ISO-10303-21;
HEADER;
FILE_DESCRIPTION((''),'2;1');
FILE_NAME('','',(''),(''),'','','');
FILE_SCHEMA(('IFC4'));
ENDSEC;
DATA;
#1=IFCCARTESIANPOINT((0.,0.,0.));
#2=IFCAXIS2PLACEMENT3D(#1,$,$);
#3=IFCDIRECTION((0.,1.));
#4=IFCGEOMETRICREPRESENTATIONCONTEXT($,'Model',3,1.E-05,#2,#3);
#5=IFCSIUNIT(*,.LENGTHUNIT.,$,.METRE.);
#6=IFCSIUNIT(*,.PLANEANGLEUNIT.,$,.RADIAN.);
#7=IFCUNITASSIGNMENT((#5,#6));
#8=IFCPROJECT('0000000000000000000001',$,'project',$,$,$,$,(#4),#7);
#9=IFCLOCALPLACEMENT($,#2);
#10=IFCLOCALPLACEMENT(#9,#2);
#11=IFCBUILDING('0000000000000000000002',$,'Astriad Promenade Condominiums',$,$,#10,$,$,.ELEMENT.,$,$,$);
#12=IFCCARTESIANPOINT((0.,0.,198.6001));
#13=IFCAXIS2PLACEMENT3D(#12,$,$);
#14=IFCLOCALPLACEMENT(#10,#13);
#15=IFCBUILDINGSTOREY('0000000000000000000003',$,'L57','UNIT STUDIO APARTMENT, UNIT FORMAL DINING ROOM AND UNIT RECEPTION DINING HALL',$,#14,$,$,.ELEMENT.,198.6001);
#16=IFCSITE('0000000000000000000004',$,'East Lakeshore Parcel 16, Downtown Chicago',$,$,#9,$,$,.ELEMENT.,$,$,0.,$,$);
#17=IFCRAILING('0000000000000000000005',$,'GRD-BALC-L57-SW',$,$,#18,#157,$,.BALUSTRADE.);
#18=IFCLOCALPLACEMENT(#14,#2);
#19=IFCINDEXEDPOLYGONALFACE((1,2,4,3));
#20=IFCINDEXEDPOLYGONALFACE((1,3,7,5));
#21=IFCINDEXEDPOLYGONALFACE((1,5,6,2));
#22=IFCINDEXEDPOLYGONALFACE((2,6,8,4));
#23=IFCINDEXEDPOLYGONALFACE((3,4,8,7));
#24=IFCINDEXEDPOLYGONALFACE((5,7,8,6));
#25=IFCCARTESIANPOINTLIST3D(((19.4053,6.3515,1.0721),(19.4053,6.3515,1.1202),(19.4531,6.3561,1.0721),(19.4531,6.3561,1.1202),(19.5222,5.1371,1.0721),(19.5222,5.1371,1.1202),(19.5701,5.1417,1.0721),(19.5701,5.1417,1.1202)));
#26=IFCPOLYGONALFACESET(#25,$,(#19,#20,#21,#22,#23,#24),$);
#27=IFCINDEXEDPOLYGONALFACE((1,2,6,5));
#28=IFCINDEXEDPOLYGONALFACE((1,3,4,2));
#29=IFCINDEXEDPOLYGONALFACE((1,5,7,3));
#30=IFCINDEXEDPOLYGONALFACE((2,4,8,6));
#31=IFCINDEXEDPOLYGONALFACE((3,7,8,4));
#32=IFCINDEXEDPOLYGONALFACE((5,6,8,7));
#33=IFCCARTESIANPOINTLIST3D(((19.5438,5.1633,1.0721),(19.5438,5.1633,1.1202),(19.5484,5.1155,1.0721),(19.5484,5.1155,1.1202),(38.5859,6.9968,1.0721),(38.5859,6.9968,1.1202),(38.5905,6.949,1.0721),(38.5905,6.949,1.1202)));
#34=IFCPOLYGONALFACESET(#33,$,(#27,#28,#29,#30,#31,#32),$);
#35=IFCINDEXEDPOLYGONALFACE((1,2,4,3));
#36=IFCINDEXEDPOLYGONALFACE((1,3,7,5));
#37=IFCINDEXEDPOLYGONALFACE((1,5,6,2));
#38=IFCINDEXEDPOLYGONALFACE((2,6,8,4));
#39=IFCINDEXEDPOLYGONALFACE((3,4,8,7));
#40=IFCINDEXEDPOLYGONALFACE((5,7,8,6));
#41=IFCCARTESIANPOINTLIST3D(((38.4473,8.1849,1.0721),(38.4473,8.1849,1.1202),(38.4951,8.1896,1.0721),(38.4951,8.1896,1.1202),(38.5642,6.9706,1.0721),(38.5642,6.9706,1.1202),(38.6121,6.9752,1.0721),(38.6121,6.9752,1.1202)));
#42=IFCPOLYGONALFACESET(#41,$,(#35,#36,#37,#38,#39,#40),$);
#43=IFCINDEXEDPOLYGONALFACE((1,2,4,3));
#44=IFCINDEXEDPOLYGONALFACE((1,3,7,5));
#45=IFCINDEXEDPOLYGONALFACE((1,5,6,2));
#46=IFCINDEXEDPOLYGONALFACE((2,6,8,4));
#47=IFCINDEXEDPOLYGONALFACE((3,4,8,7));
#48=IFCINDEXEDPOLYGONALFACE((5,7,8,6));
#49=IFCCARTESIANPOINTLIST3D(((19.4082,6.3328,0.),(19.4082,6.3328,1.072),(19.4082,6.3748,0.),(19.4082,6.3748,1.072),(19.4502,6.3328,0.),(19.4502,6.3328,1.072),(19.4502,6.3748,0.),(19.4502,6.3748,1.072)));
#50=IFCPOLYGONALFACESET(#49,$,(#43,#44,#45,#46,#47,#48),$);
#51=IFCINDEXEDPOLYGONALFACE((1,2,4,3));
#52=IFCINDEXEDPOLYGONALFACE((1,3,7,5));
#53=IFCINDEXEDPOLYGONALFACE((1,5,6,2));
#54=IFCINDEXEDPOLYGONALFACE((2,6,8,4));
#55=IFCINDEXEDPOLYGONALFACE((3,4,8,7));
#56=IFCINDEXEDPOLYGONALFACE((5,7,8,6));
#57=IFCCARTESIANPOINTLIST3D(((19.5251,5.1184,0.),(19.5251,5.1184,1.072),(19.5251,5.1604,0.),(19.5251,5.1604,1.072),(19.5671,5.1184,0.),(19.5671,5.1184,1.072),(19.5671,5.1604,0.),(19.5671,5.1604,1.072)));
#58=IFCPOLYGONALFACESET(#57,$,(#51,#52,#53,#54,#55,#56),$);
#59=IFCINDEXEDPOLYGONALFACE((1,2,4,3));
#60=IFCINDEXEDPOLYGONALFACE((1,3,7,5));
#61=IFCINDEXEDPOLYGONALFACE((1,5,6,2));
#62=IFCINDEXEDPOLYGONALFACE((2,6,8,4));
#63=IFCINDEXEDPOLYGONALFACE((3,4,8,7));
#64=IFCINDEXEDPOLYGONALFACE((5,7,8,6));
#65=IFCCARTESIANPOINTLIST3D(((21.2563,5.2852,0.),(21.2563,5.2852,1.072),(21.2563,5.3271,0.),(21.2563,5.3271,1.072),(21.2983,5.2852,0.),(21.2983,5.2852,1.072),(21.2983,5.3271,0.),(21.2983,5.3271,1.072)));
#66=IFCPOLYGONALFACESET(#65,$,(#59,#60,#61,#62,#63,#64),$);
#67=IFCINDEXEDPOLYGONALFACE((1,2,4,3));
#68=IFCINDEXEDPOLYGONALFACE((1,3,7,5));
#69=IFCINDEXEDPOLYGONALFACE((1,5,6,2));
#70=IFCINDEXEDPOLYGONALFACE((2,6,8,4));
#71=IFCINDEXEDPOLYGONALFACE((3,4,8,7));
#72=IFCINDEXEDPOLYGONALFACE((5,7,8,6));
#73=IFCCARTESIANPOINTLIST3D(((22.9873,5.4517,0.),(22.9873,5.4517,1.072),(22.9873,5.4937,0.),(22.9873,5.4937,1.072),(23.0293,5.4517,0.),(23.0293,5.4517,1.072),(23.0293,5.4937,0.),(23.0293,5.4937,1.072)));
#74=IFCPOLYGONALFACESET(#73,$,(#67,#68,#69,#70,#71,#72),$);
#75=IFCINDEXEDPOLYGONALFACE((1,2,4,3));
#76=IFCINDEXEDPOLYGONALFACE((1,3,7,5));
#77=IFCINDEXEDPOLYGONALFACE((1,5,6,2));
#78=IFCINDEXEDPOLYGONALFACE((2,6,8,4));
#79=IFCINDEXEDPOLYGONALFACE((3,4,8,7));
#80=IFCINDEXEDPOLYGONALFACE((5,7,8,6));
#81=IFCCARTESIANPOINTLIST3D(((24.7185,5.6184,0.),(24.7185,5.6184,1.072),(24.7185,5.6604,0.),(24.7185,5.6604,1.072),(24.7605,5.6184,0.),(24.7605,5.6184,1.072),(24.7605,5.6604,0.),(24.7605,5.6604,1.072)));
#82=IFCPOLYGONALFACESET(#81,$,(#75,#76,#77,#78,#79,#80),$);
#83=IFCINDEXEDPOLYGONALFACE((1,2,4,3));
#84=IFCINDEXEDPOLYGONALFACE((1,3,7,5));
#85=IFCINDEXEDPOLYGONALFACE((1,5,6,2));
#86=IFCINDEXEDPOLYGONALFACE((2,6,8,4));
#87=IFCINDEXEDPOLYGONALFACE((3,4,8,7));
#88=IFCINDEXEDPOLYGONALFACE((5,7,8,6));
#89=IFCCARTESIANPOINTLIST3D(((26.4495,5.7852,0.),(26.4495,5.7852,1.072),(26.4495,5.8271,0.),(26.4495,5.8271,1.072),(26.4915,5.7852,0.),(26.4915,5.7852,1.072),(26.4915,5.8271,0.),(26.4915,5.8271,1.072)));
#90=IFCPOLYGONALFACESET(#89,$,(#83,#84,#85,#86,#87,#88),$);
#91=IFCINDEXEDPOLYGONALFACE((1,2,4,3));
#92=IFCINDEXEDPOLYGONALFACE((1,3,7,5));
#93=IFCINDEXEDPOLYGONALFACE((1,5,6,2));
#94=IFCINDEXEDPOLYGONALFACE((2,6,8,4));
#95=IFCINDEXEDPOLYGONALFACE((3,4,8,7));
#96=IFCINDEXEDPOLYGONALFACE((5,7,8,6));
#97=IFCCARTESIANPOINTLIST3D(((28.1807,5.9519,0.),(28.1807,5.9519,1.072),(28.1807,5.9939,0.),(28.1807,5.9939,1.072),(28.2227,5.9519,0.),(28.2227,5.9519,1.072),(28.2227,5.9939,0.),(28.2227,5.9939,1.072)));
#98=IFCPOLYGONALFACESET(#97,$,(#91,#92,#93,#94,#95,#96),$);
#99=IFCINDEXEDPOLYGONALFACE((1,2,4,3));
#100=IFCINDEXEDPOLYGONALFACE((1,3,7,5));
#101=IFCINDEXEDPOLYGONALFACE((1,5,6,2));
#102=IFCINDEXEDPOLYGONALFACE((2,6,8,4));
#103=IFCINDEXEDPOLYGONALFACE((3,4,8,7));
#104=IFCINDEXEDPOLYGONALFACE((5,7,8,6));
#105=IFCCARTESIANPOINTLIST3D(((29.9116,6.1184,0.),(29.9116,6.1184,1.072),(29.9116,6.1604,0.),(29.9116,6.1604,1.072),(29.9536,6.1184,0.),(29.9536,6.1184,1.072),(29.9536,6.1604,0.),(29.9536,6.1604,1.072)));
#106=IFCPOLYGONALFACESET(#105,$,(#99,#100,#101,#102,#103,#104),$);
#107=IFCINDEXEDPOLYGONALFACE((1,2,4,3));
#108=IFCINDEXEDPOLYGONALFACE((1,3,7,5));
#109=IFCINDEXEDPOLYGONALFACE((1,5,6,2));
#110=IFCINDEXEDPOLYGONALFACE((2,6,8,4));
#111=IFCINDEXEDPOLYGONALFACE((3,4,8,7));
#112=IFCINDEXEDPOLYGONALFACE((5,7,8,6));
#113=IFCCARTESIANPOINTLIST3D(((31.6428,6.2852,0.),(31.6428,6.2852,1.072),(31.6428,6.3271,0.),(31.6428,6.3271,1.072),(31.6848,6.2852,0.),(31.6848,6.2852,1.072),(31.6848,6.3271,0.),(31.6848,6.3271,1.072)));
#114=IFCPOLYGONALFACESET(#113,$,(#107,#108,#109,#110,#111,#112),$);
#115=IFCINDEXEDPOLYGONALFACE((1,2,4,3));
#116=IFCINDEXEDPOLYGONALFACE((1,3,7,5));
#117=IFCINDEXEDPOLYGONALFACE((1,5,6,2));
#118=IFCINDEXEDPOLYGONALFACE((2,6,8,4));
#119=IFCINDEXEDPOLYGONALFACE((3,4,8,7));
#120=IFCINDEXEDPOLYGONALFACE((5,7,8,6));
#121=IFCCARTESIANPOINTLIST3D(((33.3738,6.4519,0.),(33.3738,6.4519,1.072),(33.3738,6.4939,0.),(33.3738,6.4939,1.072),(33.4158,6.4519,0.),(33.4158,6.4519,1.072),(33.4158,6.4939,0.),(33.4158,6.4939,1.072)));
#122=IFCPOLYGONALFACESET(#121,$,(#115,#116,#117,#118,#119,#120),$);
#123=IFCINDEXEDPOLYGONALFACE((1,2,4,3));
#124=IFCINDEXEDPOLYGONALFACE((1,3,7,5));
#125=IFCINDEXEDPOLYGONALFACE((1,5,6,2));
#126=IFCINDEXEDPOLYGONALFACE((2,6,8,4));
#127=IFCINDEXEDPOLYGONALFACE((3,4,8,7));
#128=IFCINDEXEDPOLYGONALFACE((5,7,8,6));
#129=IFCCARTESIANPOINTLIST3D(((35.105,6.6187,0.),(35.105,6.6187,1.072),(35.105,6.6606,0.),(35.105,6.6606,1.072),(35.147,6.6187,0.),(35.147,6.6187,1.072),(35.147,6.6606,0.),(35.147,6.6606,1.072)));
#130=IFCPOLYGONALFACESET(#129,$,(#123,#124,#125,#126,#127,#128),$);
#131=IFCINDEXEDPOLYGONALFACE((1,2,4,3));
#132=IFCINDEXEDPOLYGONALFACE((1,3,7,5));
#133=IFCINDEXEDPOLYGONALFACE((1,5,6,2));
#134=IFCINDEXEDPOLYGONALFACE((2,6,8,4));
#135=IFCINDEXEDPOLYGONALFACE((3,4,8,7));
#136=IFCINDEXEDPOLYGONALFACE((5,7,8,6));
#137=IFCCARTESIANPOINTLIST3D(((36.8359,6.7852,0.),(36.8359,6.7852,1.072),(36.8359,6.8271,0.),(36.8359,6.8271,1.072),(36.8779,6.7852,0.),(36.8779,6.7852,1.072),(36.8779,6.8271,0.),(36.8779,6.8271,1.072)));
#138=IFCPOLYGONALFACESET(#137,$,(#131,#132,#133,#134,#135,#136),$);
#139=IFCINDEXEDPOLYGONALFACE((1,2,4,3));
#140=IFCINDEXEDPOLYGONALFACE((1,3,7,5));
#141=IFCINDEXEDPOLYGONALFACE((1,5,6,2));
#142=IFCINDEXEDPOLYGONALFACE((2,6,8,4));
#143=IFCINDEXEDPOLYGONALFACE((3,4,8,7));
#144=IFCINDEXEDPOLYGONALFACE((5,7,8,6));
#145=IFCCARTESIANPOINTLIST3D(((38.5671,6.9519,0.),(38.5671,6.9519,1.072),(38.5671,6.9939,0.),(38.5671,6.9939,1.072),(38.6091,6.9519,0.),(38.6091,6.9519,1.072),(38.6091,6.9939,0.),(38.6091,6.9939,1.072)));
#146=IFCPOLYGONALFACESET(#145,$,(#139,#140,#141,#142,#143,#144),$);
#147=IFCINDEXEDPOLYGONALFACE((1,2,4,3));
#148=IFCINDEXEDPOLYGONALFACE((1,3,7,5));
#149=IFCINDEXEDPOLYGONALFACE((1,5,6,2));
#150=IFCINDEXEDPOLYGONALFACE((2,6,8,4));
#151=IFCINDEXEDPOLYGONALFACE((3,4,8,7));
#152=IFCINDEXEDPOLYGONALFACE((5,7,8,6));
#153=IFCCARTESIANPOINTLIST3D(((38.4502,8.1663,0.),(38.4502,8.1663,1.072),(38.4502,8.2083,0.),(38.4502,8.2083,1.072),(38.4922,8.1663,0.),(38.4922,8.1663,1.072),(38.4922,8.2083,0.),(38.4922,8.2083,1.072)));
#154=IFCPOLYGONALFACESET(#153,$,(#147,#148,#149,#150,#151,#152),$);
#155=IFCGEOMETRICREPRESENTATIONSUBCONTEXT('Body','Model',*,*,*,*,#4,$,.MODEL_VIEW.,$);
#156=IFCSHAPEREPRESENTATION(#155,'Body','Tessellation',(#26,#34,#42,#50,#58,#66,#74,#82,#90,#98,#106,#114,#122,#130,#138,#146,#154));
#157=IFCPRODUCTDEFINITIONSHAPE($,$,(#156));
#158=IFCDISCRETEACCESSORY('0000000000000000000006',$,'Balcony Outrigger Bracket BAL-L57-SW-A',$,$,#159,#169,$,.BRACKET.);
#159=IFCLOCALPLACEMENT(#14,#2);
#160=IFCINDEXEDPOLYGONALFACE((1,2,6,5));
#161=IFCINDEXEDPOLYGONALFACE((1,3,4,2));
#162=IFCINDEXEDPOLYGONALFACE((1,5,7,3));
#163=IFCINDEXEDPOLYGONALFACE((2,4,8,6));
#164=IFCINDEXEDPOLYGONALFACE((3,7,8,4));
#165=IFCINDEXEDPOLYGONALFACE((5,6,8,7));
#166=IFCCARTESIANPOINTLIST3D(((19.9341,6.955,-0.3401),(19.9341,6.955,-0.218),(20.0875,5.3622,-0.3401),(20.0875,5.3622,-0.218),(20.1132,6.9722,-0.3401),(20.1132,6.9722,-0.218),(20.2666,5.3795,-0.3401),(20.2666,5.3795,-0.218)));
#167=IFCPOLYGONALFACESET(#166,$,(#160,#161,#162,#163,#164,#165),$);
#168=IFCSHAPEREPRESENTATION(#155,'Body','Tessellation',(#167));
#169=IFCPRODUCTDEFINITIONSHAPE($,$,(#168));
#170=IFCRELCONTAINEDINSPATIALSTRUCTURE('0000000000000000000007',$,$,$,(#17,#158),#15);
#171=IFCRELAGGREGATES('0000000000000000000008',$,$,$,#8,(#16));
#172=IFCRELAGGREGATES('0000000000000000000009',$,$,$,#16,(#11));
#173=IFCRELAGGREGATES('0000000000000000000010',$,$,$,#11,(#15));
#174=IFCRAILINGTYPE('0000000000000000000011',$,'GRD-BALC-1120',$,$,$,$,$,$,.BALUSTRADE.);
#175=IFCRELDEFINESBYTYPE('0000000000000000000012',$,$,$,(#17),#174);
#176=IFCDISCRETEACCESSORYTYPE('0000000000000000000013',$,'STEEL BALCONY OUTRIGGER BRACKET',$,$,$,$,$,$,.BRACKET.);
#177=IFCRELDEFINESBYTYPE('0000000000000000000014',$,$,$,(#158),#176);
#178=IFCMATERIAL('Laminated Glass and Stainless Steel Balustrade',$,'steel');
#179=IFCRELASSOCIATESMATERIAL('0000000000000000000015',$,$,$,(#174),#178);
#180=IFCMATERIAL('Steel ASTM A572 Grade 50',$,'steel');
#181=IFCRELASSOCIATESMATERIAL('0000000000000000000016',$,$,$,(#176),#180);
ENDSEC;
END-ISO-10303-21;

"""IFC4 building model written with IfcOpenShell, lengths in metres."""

from ifc_helpers import new_model, si_unit, direction, frame, origin, origin_2d, place, context, subcontext, project, spatial, rectangle, extrude, source, transform, mapped, material, type_object, type_shapes, element, save


model = new_model("IFC4")

# Units and contexts
model_context = context("Model", 3, precision=1e-05, world=origin(), true_north=direction((0.0, 1.0)))
body_context = subcontext(model_context, "Body", "Model", "MODEL_VIEW")
ifc_project = project(units=[si_unit("LENGTHUNIT", "METRE"), si_unit("PLANEANGLEUNIT", "RADIAN")], contexts=[model_context])

# Site, building, storey
site_placement = place(None, origin())
site = spatial("IfcSite", under=ifc_project, at=site_placement, Name="East Lakeshore Parcel 16, Downtown Chicago", CompositionType="ELEMENT", RefElevation=0.0)
building_placement = place(site_placement, origin())
building = spatial("IfcBuilding", under=site, at=building_placement, Name="Astriad Promenade Condominiums", CompositionType="ELEMENT")
storey_placement = place(building_placement, frame((0.0, 0.0, 198.6001)))
storey = spatial("IfcBuildingStorey", under=building, at=storey_placement, Name="L57", Description="UNIT STUDIO APARTMENT, UNIT FORMAL DINING ROOM AND UNIT RECEPTION DINING HALL", CompositionType="ELEMENT", Elevation=198.6001)

# Railing
ifc_material_1 = material(Name="Laminated Glass and Stainless Steel Balustrade", Category="steel")
railing_type = type_object("IfcRailingType", Name="GRD-BALC-1120", PredefinedType="BALUSTRADE", material=ifc_material_1)
shared_shape_1 = source(origin(), body_context, "Body", "SweptSolid", [
    extrude(rectangle(XDim=0.0481, YDim=0.0481, at=origin_2d()), frame((0.0, 0.0, 1.0962), z_axis=(0.095857, -0.995395, 0.0), x_axis=(0.995395, 0.095857, 0.0)), (0.0, 0.0, 1.0), 1.22),
    extrude(rectangle(XDim=0.0481, YDim=0.0481, at=origin_2d()), frame((0.1169, -1.2144, 1.0962), z_axis=(0.995396, 0.095844, 0.0), x_axis=(-0.095844, 0.995396, 0.0)), (0.0, 0.0, 1.0), 19.1301),
    extrude(rectangle(XDim=0.0481, YDim=0.0481, at=origin_2d()), frame((19.1589, 0.6191, 1.0962), z_axis=(-0.095857, 0.995395, 0.0), x_axis=(-0.995395, -0.095857, 0.0)), (0.0, 0.0, 1.0), 1.22),
    extrude(rectangle(XDim=0.042, YDim=0.042, at=origin_2d()), origin(), (0.0, 0.0, 1.0), 1.072),
    extrude(rectangle(XDim=0.042, YDim=0.042, at=origin_2d()), frame((0.1169, -1.2144, 0.0)), (0.0, 0.0, 1.0), 1.072),
    extrude(rectangle(XDim=0.042, YDim=0.042, at=origin_2d()), frame((1.8481, -1.0476, 0.0)), (0.0, 0.0, 1.0), 1.072),
    extrude(rectangle(XDim=0.042, YDim=0.042, at=origin_2d()), frame((3.5791, -0.8811, 0.0)), (0.0, 0.0, 1.0), 1.072),
    extrude(rectangle(XDim=0.042, YDim=0.042, at=origin_2d()), frame((5.3103, -0.7144, 0.0)), (0.0, 0.0, 1.0), 1.072),
    extrude(rectangle(XDim=0.042, YDim=0.042, at=origin_2d()), frame((7.0413, -0.5476, 0.0)), (0.0, 0.0, 1.0), 1.072),
    extrude(rectangle(XDim=0.042, YDim=0.042, at=origin_2d()), frame((8.7725, -0.3809, 0.0)), (0.0, 0.0, 1.0), 1.072),
    extrude(rectangle(XDim=0.042, YDim=0.042, at=origin_2d()), frame((10.5034, -0.2144, 0.0)), (0.0, 0.0, 1.0), 1.072),
    extrude(rectangle(XDim=0.042, YDim=0.042, at=origin_2d()), frame((12.2346, -0.0476, 0.0)), (0.0, 0.0, 1.0), 1.072),
    extrude(rectangle(XDim=0.042, YDim=0.042, at=origin_2d()), frame((13.9656, 0.1191, 0.0)), (0.0, 0.0, 1.0), 1.072),
    extrude(rectangle(XDim=0.042, YDim=0.042, at=origin_2d()), frame((15.6968, 0.2859, 0.0)), (0.0, 0.0, 1.0), 1.072),
    extrude(rectangle(XDim=0.042, YDim=0.042, at=origin_2d()), frame((17.4277, 0.4524, 0.0)), (0.0, 0.0, 1.0), 1.072),
    extrude(rectangle(XDim=0.042, YDim=0.042, at=origin_2d()), frame((19.1589, 0.6191, 0.0)), (0.0, 0.0, 1.0), 1.072),
    extrude(rectangle(XDim=0.042, YDim=0.042, at=origin_2d()), frame((19.042, 1.8335, 0.0)), (0.0, 0.0, 1.0), 1.072),
])
type_shapes(railing_type, [shared_shape_1])
railing_placement = place(storey_placement, frame((19.4292, 6.3538, 0.0)))
element("IfcRailing", 1, at=railing_placement, inside=storey, type_object=railing_type, Name="GRD-BALC-L57-SW", PredefinedType="BALUSTRADE", context=body_context, shape_type="MappedRepresentation", body=[
    mapped(shared_shape_1, transform((0.0, 0.0, 0.0), scale=1.0)),
])

# Discrete accessory
ifc_material_2 = material(Name="Steel ASTM A572 Grade 50", Category="steel")
discrete_accessory_type = type_object("IfcDiscreteAccessoryType", Name="STEEL BALCONY OUTRIGGER BRACKET", PredefinedType="BRACKET", material=ifc_material_2)
shared_shape_2 = source(origin(), body_context, "Body", "SweptSolid", [
    extrude(rectangle(XDim=1.6001, YDim=0.1799, at=origin_2d()), origin(), (0.0, 0.0, 1.0), 0.1221),
])
type_shapes(discrete_accessory_type, [shared_shape_2])
discrete_accessory_placement = place(storey_placement, frame((20.1003, 6.1672, -0.3401), z_axis=(0.0, 0.0, 1.0), x_axis=(0.095846, -0.995396, 0.0)))
element("IfcDiscreteAccessory", 2, at=discrete_accessory_placement, inside=storey, type_object=discrete_accessory_type, Name="Balcony Outrigger Bracket BAL-L57-SW-A", PredefinedType="BRACKET", context=body_context, shape_type="MappedRepresentation", body=[
    mapped(shared_shape_2, transform((0.0, 0.0, 0.0), scale=1.0)),
])

save(model, "model.ifc")
